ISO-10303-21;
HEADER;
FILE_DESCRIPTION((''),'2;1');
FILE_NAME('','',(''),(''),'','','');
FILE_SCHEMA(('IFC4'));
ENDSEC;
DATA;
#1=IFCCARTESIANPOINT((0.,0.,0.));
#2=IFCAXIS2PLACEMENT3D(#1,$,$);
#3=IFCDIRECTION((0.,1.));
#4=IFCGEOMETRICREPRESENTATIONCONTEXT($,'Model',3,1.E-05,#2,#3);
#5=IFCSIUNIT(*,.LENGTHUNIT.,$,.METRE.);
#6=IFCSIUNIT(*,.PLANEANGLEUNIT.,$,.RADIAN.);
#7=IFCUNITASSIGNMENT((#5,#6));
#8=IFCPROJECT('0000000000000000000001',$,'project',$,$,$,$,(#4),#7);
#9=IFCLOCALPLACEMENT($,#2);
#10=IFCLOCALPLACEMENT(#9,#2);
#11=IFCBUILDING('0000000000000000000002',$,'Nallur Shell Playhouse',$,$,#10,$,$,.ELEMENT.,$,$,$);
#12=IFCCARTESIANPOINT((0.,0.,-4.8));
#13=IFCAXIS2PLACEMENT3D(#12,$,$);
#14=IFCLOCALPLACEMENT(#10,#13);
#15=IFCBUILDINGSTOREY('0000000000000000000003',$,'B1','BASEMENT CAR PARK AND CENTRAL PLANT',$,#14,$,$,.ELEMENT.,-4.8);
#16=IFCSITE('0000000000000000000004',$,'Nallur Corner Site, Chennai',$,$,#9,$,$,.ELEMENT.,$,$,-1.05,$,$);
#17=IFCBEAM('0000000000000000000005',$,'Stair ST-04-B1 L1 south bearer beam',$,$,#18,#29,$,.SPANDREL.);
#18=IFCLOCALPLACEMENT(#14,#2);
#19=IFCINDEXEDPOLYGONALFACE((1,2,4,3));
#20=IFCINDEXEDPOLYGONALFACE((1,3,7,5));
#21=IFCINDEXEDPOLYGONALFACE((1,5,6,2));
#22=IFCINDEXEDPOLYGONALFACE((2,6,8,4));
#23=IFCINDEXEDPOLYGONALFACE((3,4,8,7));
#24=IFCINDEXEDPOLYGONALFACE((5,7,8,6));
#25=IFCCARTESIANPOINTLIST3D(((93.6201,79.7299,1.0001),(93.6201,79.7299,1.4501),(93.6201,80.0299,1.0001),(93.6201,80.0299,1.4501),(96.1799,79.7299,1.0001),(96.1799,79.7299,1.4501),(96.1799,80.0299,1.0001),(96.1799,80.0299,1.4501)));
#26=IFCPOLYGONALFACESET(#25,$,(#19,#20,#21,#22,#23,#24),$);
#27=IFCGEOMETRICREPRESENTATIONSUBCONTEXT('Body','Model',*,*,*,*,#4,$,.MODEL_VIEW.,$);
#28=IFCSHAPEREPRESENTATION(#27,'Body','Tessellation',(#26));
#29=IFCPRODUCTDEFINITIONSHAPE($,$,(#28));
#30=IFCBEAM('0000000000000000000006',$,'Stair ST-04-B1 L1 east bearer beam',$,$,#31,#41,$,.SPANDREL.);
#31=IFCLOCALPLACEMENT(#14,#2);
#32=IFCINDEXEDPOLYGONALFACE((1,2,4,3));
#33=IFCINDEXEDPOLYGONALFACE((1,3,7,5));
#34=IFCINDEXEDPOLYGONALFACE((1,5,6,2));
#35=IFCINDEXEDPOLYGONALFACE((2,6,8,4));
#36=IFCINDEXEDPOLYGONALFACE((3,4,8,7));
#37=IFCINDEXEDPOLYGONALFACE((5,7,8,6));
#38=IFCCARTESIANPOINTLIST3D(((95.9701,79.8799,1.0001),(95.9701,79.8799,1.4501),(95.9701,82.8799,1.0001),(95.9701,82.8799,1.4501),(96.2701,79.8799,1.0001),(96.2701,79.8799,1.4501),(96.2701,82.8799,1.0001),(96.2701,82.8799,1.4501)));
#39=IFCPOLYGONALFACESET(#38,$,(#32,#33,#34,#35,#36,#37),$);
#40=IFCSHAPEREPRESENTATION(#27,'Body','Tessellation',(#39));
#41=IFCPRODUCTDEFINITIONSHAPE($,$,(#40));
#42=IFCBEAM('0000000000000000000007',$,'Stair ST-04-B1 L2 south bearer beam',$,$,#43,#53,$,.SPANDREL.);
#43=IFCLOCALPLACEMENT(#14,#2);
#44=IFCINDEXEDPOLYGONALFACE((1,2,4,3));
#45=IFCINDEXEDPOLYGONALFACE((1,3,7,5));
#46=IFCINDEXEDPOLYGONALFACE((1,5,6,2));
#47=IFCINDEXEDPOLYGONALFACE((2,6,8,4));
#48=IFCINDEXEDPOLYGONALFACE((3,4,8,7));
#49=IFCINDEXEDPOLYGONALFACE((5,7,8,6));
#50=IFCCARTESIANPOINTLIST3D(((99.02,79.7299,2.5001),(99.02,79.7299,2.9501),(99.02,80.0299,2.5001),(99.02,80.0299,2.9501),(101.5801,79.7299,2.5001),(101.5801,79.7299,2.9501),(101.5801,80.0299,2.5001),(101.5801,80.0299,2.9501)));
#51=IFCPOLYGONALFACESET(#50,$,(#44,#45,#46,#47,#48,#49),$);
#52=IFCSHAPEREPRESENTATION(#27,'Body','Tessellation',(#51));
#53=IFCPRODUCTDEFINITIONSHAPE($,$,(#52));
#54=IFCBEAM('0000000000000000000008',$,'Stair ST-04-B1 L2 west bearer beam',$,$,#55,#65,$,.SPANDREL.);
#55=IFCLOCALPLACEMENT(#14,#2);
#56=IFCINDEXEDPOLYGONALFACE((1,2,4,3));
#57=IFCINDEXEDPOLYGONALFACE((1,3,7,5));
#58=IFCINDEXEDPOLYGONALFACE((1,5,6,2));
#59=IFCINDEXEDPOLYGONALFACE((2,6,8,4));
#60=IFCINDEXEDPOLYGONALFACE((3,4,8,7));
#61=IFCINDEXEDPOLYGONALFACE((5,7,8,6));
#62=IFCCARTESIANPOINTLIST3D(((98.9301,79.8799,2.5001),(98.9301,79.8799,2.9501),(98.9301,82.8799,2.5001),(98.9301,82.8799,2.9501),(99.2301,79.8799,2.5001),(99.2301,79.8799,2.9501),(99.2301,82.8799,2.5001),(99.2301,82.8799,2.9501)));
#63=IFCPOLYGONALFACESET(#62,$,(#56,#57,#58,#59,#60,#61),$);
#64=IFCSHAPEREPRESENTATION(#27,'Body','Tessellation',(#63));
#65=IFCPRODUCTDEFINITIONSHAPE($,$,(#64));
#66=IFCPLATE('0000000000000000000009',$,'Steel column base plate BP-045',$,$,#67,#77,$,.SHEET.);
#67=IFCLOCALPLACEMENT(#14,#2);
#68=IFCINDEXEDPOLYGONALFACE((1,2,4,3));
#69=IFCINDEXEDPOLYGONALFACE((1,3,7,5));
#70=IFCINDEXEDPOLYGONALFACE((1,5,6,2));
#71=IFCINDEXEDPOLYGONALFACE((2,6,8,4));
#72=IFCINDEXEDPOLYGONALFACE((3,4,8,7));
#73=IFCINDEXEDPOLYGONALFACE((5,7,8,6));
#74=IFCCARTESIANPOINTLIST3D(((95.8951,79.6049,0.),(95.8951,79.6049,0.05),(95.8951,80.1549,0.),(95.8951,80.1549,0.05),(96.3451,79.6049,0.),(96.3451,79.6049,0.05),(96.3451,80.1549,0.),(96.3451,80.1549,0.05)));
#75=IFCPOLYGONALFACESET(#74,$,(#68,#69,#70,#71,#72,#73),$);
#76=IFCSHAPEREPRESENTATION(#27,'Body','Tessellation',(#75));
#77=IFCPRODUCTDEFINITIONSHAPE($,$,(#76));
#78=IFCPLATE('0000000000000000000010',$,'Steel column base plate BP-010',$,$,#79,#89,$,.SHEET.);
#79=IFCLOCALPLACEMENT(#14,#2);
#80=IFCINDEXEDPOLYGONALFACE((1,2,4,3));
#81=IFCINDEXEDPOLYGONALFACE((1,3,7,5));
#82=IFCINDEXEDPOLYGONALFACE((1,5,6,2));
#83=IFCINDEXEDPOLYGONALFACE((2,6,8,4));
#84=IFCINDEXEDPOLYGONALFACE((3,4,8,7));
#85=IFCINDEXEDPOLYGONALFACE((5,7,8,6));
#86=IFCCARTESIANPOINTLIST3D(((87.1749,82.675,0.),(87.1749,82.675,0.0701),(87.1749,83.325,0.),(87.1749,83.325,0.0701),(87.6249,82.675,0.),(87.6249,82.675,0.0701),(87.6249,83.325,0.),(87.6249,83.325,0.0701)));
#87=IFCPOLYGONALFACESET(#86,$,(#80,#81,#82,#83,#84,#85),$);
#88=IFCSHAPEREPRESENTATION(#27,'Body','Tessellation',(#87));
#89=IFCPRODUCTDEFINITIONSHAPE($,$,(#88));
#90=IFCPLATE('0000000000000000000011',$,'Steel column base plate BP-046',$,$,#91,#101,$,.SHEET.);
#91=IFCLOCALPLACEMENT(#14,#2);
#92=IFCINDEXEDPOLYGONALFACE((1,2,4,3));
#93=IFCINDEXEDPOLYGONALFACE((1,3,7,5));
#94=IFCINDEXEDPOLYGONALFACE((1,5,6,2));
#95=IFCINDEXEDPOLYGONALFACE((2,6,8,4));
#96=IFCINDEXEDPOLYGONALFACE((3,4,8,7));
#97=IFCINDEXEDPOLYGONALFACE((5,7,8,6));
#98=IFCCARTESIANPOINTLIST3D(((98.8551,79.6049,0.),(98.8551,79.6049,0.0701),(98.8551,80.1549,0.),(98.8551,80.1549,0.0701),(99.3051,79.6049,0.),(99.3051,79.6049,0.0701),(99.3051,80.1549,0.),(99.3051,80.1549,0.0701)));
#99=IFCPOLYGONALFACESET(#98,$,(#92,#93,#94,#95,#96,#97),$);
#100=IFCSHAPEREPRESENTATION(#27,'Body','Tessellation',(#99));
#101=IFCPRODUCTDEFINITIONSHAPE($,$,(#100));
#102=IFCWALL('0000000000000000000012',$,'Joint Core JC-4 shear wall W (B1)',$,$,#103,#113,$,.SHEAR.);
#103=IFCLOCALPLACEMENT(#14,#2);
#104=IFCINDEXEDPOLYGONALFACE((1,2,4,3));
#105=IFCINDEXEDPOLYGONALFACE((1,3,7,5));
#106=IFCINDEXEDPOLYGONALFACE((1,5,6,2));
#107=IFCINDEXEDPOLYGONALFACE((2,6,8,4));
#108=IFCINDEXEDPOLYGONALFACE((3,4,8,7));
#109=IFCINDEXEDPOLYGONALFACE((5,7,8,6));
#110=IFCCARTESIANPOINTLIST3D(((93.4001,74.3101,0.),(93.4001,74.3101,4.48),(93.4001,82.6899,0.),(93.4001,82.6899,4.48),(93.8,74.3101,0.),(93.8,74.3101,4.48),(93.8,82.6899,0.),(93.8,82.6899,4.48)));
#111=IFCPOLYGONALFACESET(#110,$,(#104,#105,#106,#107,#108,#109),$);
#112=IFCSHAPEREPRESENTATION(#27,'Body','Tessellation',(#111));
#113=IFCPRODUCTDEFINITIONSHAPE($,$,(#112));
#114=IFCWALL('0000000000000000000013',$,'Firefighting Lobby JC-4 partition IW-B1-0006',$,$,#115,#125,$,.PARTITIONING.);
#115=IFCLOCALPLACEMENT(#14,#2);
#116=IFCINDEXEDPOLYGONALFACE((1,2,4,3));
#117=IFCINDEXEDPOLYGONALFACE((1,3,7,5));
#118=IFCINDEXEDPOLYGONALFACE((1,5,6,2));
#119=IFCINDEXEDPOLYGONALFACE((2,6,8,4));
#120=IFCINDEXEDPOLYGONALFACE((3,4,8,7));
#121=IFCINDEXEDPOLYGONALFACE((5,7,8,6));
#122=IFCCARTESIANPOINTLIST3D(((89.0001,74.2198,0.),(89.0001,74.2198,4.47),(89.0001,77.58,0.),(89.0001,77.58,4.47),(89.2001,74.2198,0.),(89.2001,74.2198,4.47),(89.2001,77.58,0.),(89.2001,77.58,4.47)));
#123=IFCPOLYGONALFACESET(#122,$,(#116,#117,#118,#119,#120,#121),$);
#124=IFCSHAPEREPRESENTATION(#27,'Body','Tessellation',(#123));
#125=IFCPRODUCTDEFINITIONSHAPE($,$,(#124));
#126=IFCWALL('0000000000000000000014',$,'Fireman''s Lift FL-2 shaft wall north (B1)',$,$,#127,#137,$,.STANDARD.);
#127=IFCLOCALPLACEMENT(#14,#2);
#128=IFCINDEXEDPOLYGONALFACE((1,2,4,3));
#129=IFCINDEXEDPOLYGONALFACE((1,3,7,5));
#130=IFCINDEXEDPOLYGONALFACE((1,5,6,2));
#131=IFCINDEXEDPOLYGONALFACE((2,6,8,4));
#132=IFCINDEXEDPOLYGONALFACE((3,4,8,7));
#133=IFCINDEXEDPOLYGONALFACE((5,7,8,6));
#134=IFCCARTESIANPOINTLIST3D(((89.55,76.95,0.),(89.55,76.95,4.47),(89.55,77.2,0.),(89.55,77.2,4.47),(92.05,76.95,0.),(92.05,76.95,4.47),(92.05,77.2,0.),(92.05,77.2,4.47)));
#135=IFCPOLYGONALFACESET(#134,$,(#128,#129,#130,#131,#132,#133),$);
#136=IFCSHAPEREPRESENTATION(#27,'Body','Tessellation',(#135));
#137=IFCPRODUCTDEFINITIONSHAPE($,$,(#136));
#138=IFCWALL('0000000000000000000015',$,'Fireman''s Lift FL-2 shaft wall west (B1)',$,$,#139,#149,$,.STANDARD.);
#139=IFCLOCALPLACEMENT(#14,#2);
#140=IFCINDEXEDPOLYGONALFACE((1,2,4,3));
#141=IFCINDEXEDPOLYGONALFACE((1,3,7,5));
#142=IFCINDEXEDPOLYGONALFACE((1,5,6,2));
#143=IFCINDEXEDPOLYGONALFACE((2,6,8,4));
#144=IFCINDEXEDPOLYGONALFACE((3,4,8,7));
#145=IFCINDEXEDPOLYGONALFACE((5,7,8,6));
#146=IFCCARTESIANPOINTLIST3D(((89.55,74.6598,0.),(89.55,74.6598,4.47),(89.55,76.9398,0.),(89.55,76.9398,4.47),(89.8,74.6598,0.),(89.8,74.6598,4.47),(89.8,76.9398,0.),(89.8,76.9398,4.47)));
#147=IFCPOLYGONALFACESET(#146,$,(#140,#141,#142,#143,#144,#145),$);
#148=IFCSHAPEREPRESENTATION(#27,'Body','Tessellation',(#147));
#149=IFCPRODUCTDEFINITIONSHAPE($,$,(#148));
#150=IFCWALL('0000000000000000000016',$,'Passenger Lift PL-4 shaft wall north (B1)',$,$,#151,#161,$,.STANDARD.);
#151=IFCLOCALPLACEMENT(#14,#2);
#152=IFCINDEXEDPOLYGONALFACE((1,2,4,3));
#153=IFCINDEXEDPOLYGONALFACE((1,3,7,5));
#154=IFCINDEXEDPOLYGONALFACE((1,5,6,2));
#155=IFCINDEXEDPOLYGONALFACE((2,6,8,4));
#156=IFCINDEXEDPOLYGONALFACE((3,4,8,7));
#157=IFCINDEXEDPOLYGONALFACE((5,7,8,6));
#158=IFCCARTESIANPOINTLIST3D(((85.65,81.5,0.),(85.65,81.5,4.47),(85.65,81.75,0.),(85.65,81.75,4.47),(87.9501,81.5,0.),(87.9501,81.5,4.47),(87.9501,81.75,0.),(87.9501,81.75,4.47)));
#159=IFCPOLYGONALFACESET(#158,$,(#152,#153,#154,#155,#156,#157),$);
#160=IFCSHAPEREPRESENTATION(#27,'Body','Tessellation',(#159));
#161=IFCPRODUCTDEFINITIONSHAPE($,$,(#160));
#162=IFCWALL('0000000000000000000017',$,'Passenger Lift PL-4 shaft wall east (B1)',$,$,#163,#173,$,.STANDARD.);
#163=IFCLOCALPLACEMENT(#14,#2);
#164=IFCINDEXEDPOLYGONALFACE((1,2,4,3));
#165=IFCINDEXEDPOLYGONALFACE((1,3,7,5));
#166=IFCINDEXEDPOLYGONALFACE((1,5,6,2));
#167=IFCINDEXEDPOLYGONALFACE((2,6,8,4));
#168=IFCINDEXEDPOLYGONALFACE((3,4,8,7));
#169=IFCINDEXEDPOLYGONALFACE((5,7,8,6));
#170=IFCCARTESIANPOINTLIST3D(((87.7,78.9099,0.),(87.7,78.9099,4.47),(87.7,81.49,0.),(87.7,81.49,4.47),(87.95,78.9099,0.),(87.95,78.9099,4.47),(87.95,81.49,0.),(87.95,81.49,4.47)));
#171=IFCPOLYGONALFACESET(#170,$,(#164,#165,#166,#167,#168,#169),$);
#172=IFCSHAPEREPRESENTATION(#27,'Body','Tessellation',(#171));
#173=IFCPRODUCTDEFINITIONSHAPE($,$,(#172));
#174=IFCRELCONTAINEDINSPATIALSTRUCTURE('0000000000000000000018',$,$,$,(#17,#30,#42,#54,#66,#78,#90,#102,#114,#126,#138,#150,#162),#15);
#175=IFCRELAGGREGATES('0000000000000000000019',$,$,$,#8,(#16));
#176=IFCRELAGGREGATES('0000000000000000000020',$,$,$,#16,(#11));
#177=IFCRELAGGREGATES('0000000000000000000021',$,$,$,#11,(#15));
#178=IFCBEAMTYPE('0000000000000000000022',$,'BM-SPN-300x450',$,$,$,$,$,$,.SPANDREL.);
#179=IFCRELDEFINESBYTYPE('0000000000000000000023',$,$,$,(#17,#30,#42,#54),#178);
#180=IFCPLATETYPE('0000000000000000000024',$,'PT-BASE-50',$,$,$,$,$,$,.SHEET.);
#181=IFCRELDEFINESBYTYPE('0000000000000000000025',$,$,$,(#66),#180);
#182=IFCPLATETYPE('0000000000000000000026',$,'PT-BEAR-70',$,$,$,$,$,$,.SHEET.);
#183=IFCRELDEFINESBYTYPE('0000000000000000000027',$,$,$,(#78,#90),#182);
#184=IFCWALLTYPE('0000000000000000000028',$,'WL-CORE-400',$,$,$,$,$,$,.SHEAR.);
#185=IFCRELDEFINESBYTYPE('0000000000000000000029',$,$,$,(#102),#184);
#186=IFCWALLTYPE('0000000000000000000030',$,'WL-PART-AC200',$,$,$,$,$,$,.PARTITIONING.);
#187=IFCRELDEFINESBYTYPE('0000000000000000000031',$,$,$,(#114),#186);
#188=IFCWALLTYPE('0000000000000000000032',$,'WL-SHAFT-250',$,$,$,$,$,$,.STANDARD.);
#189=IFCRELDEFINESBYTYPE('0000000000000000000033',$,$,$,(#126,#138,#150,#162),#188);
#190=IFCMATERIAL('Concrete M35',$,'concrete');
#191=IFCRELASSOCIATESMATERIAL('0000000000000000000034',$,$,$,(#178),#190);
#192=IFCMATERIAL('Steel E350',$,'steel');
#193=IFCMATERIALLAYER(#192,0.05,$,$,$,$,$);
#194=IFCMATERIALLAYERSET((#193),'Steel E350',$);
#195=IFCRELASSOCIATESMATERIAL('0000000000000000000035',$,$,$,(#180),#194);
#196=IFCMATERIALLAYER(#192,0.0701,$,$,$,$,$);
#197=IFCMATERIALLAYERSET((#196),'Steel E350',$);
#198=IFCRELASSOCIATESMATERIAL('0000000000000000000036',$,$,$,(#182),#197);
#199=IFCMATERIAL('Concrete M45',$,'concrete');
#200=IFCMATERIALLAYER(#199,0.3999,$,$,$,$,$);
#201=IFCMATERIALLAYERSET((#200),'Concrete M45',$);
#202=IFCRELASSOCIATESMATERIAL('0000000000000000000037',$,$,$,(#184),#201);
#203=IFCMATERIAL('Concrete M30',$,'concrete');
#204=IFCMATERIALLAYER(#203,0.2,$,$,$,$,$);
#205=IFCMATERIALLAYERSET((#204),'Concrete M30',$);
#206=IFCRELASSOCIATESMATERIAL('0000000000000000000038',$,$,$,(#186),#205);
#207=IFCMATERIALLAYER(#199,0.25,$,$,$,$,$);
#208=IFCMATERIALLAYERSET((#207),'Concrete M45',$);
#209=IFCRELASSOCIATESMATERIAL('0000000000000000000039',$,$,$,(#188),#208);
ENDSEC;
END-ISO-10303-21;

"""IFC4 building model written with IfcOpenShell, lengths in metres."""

from ifc_helpers import new_model, si_unit, direction, frame, frame_2d, origin, origin_2d, place, context, subcontext, project, spatial, rectangle, extrude, material, layer, layer_set, material_profile, profile_set, type_object, element, save


model = new_model("IFC4")

# Units and contexts
model_context = context("Model", 3, precision=1e-05, world=origin(), true_north=direction((0.0, 1.0)))
body_context = subcontext(model_context, "Body", "Model", "MODEL_VIEW")
ifc_project = project(units=[si_unit("LENGTHUNIT", "METRE"), si_unit("PLANEANGLEUNIT", "RADIAN")], contexts=[model_context])

# Site, building, storey
site_placement = place(None, origin())
site = spatial("IfcSite", under=ifc_project, at=site_placement, Name="Nallur Corner Site, Chennai", CompositionType="ELEMENT", RefElevation=-1.05)
building_placement = place(site_placement, origin())
building = spatial("IfcBuilding", under=site, at=building_placement, Name="Nallur Shell Playhouse", CompositionType="ELEMENT")
storey_placement = place(building_placement, frame((0.0, 0.0, -4.8)))
storey = spatial("IfcBuildingStorey", under=building, at=storey_placement, Name="B1", Description="BASEMENT CAR PARK AND CENTRAL PLANT", CompositionType="ELEMENT", Elevation=-4.8)

# Shared definitions
ifc_material_1 = material(Name="Concrete M35", Category="concrete")

# Shared definitions
ifc_material_2 = material(Name="Steel E350", Category="steel")

# Beams
ifc_material_profile_1 = material_profile(ifc_material_1, rectangle(XDim=0.3, YDim=0.45, at=origin_2d()), Name="RC 300x450")
ifc_profile_set_1 = profile_set([ifc_material_profile_1], Name="Concrete M35")
beam_type = type_object("IfcBeamType", Name="BM-SPN-300x450", PredefinedType="SPANDREL", material=ifc_profile_set_1)
beam_1_placement = place(storey_placement, frame((93.6201, 79.8799, 1.2251), z_axis=(1.0, 0.0, 0.0), x_axis=(0.0, 1.0, 0.0)))
element("IfcBeam", 1, at=beam_1_placement, inside=storey, type_object=beam_type, Name="Stair ST-04-B1 L1 south bearer beam", PredefinedType="SPANDREL", context=body_context, shape_type="SweptSolid", body=[
    extrude(rectangle(XDim=0.3, YDim=0.45, at=origin_2d()), origin(), (0.0, 0.0, 1.0), 2.5598),
])
beam_2_placement = place(storey_placement, frame((96.1201, 79.8799, 1.2251), z_axis=(0.0, 1.0, 0.0), x_axis=(-1.0, 0.0, 0.0)))
element("IfcBeam", 2, at=beam_2_placement, inside=storey, type_object=beam_type, Name="Stair ST-04-B1 L1 east bearer beam", PredefinedType="SPANDREL", context=body_context, shape_type="SweptSolid", body=[
    extrude(rectangle(XDim=0.3, YDim=0.45, at=origin_2d()), origin(), (0.0, 0.0, 1.0), 3.0),
])
beam_3_placement = place(storey_placement, frame((99.02, 79.8799, 2.7251), z_axis=(1.0, 0.0, 0.0), x_axis=(0.0, 1.0, 0.0)))
element("IfcBeam", 3, at=beam_3_placement, inside=storey, type_object=beam_type, Name="Stair ST-04-B1 L2 south bearer beam", PredefinedType="SPANDREL", context=body_context, shape_type="SweptSolid", body=[
    extrude(rectangle(XDim=0.3, YDim=0.45, at=origin_2d()), origin(), (0.0, 0.0, 1.0), 2.5601),
])
beam_4_placement = place(storey_placement, frame((99.0801, 79.8799, 2.7251), z_axis=(0.0, 1.0, 0.0), x_axis=(-1.0, 0.0, 0.0)))
element("IfcBeam", 4, at=beam_4_placement, inside=storey, type_object=beam_type, Name="Stair ST-04-B1 L2 west bearer beam", PredefinedType="SPANDREL", context=body_context, shape_type="SweptSolid", body=[
    extrude(rectangle(XDim=0.3, YDim=0.45, at=origin_2d()), origin(), (0.0, 0.0, 1.0), 3.0),
])

# Plates
ifc_layer_1 = layer(ifc_material_2, 0.05)
ifc_layer_set_1 = layer_set([ifc_layer_1], Name="Steel E350")
plate_type_1 = type_object("IfcPlateType", Name="PT-BASE-50", PredefinedType="SHEET", material=ifc_layer_set_1)
plate_1_placement = place(storey_placement, frame((96.1201, 79.8799, 0.0), z_axis=(0.0, 0.0, 1.0), x_axis=(1.0, 0.0, 0.0)))
element("IfcPlate", 5, at=plate_1_placement, inside=storey, type_object=plate_type_1, Name="Steel column base plate BP-045", PredefinedType="SHEET", context=body_context, shape_type="SweptSolid", body=[
    extrude(rectangle(XDim=0.45, YDim=0.55, at=origin_2d()), origin(), (0.0, 0.0, 1.0), 0.05),
])
ifc_layer_2 = layer(ifc_material_2, 0.0701)
ifc_layer_set_2 = layer_set([ifc_layer_2], Name="Steel E350")
plate_type_2 = type_object("IfcPlateType", Name="PT-BEAR-70", PredefinedType="SHEET", material=ifc_layer_set_2)
plate_2_placement = place(storey_placement, frame((87.3999, 83.0, 0.0), z_axis=(0.0, 0.0, 1.0), x_axis=(1.0, 0.0, 0.0)))
element("IfcPlate", 6, at=plate_2_placement, inside=storey, type_object=plate_type_2, Name="Steel column base plate BP-010", PredefinedType="SHEET", context=body_context, shape_type="SweptSolid", body=[
    extrude(rectangle(XDim=0.45, YDim=0.6499, at=origin_2d()), origin(), (0.0, 0.0, 1.0), 0.0701),
])
plate_3_placement = place(storey_placement, frame((99.0801, 79.8799, 0.0), z_axis=(0.0, 0.0, 1.0), x_axis=(1.0, 0.0, 0.0)))
element("IfcPlate", 7, at=plate_3_placement, inside=storey, type_object=plate_type_2, Name="Steel column base plate BP-046", PredefinedType="SHEET", context=body_context, shape_type="SweptSolid", body=[
    extrude(rectangle(XDim=0.45, YDim=0.55, at=origin_2d()), origin(), (0.0, 0.0, 1.0), 0.0701),
])

# Walls
ifc_material_3 = material(Name="Concrete M45", Category="concrete")
ifc_layer_3 = layer(ifc_material_3, 0.3999)
ifc_layer_set_3 = layer_set([ifc_layer_3], Name="Concrete M45")
wall_type_1 = type_object("IfcWallType", Name="WL-CORE-400", PredefinedType="SHEAR", material=ifc_layer_set_3)
wall_1_placement = place(storey_placement, frame((93.6001, 82.6899, 0.0), z_axis=(0.0, 0.0, 1.0), x_axis=(0.0, -1.0, 0.0)))
element("IfcWall", 8, at=wall_1_placement, inside=storey, type_object=wall_type_1, Name="Joint Core JC-4 shear wall W (B1)", PredefinedType="SHEAR", context=body_context, shape_type="SweptSolid", body=[
    extrude(rectangle(XDim=8.3799, YDim=0.3999, at=frame_2d((4.1899, 0.0))), origin(), (0.0, 0.0, 1.0), 4.48),
])
ifc_material_4 = material(Name="Concrete M30", Category="concrete")
ifc_layer_4 = layer(ifc_material_4, 0.2)
ifc_layer_set_4 = layer_set([ifc_layer_4], Name="Concrete M30")
wall_type_2 = type_object("IfcWallType", Name="WL-PART-AC200", PredefinedType="PARTITIONING", material=ifc_layer_set_4)
wall_2_placement = place(storey_placement, frame((89.1001, 77.5801, 0.0), z_axis=(0.0, 0.0, 1.0), x_axis=(0.0, -1.0, 0.0)))
element("IfcWall", 9, at=wall_2_placement, inside=storey, type_object=wall_type_2, Name="Firefighting Lobby JC-4 partition IW-B1-0006", PredefinedType="PARTITIONING", context=body_context, shape_type="SweptSolid", body=[
    extrude(rectangle(XDim=3.3601, YDim=0.2, at=frame_2d((1.6802, 0.0))), origin(), (0.0, 0.0, 1.0), 4.47),
])
ifc_layer_5 = layer(ifc_material_3, 0.25)
ifc_layer_set_5 = layer_set([ifc_layer_5], Name="Concrete M45")
wall_type_3 = type_object("IfcWallType", Name="WL-SHAFT-250", PredefinedType="STANDARD", material=ifc_layer_set_5)
wall_3_placement = place(storey_placement, frame((92.05, 77.075, 0.0), z_axis=(0.0, 0.0, 1.0), x_axis=(-1.0, 0.0, 0.0)))
element("IfcWall", 10, at=wall_3_placement, inside=storey, type_object=wall_type_3, Name="Fireman's Lift FL-2 shaft wall north (B1)", PredefinedType="STANDARD", context=body_context, shape_type="SweptSolid", body=[
    extrude(rectangle(XDim=2.5, YDim=0.25, at=frame_2d((1.25, 0.0))), origin(), (0.0, 0.0, 1.0), 4.47),
])
wall_4_placement = place(storey_placement, frame((89.675, 76.9399, 0.0), z_axis=(0.0, 0.0, 1.0), x_axis=(0.0, -1.0, 0.0)))
element("IfcWall", 11, at=wall_4_placement, inside=storey, type_object=wall_type_3, Name="Fireman's Lift FL-2 shaft wall west (B1)", PredefinedType="STANDARD", context=body_context, shape_type="SweptSolid", body=[
    extrude(rectangle(XDim=2.28, YDim=0.25, at=frame_2d((1.1401, 0.0))), origin(), (0.0, 0.0, 1.0), 4.47),
])
wall_5_placement = place(storey_placement, frame((87.95, 81.625, 0.0), z_axis=(0.0, 0.0, 1.0), x_axis=(-1.0, 0.0, 0.0)))
element("IfcWall", 12, at=wall_5_placement, inside=storey, type_object=wall_type_3, Name="Passenger Lift PL-4 shaft wall north (B1)", PredefinedType="STANDARD", context=body_context, shape_type="SweptSolid", body=[
    extrude(rectangle(XDim=2.3, YDim=0.25, at=frame_2d((1.1499, 0.0))), origin(), (0.0, 0.0, 1.0), 4.47),
])
wall_6_placement = place(storey_placement, frame((87.825, 78.9099, 0.0), z_axis=(0.0, 0.0, 1.0), x_axis=(0.0, 1.0, 0.0)))
element("IfcWall", 13, at=wall_6_placement, inside=storey, type_object=wall_type_3, Name="Passenger Lift PL-4 shaft wall east (B1)", PredefinedType="STANDARD", context=body_context, shape_type="SweptSolid", body=[
    extrude(rectangle(XDim=2.5801, YDim=0.25, at=frame_2d((1.29, 0.0))), origin(), (0.0, 0.0, 1.0), 4.47),
])

save(model, "model.ifc")
